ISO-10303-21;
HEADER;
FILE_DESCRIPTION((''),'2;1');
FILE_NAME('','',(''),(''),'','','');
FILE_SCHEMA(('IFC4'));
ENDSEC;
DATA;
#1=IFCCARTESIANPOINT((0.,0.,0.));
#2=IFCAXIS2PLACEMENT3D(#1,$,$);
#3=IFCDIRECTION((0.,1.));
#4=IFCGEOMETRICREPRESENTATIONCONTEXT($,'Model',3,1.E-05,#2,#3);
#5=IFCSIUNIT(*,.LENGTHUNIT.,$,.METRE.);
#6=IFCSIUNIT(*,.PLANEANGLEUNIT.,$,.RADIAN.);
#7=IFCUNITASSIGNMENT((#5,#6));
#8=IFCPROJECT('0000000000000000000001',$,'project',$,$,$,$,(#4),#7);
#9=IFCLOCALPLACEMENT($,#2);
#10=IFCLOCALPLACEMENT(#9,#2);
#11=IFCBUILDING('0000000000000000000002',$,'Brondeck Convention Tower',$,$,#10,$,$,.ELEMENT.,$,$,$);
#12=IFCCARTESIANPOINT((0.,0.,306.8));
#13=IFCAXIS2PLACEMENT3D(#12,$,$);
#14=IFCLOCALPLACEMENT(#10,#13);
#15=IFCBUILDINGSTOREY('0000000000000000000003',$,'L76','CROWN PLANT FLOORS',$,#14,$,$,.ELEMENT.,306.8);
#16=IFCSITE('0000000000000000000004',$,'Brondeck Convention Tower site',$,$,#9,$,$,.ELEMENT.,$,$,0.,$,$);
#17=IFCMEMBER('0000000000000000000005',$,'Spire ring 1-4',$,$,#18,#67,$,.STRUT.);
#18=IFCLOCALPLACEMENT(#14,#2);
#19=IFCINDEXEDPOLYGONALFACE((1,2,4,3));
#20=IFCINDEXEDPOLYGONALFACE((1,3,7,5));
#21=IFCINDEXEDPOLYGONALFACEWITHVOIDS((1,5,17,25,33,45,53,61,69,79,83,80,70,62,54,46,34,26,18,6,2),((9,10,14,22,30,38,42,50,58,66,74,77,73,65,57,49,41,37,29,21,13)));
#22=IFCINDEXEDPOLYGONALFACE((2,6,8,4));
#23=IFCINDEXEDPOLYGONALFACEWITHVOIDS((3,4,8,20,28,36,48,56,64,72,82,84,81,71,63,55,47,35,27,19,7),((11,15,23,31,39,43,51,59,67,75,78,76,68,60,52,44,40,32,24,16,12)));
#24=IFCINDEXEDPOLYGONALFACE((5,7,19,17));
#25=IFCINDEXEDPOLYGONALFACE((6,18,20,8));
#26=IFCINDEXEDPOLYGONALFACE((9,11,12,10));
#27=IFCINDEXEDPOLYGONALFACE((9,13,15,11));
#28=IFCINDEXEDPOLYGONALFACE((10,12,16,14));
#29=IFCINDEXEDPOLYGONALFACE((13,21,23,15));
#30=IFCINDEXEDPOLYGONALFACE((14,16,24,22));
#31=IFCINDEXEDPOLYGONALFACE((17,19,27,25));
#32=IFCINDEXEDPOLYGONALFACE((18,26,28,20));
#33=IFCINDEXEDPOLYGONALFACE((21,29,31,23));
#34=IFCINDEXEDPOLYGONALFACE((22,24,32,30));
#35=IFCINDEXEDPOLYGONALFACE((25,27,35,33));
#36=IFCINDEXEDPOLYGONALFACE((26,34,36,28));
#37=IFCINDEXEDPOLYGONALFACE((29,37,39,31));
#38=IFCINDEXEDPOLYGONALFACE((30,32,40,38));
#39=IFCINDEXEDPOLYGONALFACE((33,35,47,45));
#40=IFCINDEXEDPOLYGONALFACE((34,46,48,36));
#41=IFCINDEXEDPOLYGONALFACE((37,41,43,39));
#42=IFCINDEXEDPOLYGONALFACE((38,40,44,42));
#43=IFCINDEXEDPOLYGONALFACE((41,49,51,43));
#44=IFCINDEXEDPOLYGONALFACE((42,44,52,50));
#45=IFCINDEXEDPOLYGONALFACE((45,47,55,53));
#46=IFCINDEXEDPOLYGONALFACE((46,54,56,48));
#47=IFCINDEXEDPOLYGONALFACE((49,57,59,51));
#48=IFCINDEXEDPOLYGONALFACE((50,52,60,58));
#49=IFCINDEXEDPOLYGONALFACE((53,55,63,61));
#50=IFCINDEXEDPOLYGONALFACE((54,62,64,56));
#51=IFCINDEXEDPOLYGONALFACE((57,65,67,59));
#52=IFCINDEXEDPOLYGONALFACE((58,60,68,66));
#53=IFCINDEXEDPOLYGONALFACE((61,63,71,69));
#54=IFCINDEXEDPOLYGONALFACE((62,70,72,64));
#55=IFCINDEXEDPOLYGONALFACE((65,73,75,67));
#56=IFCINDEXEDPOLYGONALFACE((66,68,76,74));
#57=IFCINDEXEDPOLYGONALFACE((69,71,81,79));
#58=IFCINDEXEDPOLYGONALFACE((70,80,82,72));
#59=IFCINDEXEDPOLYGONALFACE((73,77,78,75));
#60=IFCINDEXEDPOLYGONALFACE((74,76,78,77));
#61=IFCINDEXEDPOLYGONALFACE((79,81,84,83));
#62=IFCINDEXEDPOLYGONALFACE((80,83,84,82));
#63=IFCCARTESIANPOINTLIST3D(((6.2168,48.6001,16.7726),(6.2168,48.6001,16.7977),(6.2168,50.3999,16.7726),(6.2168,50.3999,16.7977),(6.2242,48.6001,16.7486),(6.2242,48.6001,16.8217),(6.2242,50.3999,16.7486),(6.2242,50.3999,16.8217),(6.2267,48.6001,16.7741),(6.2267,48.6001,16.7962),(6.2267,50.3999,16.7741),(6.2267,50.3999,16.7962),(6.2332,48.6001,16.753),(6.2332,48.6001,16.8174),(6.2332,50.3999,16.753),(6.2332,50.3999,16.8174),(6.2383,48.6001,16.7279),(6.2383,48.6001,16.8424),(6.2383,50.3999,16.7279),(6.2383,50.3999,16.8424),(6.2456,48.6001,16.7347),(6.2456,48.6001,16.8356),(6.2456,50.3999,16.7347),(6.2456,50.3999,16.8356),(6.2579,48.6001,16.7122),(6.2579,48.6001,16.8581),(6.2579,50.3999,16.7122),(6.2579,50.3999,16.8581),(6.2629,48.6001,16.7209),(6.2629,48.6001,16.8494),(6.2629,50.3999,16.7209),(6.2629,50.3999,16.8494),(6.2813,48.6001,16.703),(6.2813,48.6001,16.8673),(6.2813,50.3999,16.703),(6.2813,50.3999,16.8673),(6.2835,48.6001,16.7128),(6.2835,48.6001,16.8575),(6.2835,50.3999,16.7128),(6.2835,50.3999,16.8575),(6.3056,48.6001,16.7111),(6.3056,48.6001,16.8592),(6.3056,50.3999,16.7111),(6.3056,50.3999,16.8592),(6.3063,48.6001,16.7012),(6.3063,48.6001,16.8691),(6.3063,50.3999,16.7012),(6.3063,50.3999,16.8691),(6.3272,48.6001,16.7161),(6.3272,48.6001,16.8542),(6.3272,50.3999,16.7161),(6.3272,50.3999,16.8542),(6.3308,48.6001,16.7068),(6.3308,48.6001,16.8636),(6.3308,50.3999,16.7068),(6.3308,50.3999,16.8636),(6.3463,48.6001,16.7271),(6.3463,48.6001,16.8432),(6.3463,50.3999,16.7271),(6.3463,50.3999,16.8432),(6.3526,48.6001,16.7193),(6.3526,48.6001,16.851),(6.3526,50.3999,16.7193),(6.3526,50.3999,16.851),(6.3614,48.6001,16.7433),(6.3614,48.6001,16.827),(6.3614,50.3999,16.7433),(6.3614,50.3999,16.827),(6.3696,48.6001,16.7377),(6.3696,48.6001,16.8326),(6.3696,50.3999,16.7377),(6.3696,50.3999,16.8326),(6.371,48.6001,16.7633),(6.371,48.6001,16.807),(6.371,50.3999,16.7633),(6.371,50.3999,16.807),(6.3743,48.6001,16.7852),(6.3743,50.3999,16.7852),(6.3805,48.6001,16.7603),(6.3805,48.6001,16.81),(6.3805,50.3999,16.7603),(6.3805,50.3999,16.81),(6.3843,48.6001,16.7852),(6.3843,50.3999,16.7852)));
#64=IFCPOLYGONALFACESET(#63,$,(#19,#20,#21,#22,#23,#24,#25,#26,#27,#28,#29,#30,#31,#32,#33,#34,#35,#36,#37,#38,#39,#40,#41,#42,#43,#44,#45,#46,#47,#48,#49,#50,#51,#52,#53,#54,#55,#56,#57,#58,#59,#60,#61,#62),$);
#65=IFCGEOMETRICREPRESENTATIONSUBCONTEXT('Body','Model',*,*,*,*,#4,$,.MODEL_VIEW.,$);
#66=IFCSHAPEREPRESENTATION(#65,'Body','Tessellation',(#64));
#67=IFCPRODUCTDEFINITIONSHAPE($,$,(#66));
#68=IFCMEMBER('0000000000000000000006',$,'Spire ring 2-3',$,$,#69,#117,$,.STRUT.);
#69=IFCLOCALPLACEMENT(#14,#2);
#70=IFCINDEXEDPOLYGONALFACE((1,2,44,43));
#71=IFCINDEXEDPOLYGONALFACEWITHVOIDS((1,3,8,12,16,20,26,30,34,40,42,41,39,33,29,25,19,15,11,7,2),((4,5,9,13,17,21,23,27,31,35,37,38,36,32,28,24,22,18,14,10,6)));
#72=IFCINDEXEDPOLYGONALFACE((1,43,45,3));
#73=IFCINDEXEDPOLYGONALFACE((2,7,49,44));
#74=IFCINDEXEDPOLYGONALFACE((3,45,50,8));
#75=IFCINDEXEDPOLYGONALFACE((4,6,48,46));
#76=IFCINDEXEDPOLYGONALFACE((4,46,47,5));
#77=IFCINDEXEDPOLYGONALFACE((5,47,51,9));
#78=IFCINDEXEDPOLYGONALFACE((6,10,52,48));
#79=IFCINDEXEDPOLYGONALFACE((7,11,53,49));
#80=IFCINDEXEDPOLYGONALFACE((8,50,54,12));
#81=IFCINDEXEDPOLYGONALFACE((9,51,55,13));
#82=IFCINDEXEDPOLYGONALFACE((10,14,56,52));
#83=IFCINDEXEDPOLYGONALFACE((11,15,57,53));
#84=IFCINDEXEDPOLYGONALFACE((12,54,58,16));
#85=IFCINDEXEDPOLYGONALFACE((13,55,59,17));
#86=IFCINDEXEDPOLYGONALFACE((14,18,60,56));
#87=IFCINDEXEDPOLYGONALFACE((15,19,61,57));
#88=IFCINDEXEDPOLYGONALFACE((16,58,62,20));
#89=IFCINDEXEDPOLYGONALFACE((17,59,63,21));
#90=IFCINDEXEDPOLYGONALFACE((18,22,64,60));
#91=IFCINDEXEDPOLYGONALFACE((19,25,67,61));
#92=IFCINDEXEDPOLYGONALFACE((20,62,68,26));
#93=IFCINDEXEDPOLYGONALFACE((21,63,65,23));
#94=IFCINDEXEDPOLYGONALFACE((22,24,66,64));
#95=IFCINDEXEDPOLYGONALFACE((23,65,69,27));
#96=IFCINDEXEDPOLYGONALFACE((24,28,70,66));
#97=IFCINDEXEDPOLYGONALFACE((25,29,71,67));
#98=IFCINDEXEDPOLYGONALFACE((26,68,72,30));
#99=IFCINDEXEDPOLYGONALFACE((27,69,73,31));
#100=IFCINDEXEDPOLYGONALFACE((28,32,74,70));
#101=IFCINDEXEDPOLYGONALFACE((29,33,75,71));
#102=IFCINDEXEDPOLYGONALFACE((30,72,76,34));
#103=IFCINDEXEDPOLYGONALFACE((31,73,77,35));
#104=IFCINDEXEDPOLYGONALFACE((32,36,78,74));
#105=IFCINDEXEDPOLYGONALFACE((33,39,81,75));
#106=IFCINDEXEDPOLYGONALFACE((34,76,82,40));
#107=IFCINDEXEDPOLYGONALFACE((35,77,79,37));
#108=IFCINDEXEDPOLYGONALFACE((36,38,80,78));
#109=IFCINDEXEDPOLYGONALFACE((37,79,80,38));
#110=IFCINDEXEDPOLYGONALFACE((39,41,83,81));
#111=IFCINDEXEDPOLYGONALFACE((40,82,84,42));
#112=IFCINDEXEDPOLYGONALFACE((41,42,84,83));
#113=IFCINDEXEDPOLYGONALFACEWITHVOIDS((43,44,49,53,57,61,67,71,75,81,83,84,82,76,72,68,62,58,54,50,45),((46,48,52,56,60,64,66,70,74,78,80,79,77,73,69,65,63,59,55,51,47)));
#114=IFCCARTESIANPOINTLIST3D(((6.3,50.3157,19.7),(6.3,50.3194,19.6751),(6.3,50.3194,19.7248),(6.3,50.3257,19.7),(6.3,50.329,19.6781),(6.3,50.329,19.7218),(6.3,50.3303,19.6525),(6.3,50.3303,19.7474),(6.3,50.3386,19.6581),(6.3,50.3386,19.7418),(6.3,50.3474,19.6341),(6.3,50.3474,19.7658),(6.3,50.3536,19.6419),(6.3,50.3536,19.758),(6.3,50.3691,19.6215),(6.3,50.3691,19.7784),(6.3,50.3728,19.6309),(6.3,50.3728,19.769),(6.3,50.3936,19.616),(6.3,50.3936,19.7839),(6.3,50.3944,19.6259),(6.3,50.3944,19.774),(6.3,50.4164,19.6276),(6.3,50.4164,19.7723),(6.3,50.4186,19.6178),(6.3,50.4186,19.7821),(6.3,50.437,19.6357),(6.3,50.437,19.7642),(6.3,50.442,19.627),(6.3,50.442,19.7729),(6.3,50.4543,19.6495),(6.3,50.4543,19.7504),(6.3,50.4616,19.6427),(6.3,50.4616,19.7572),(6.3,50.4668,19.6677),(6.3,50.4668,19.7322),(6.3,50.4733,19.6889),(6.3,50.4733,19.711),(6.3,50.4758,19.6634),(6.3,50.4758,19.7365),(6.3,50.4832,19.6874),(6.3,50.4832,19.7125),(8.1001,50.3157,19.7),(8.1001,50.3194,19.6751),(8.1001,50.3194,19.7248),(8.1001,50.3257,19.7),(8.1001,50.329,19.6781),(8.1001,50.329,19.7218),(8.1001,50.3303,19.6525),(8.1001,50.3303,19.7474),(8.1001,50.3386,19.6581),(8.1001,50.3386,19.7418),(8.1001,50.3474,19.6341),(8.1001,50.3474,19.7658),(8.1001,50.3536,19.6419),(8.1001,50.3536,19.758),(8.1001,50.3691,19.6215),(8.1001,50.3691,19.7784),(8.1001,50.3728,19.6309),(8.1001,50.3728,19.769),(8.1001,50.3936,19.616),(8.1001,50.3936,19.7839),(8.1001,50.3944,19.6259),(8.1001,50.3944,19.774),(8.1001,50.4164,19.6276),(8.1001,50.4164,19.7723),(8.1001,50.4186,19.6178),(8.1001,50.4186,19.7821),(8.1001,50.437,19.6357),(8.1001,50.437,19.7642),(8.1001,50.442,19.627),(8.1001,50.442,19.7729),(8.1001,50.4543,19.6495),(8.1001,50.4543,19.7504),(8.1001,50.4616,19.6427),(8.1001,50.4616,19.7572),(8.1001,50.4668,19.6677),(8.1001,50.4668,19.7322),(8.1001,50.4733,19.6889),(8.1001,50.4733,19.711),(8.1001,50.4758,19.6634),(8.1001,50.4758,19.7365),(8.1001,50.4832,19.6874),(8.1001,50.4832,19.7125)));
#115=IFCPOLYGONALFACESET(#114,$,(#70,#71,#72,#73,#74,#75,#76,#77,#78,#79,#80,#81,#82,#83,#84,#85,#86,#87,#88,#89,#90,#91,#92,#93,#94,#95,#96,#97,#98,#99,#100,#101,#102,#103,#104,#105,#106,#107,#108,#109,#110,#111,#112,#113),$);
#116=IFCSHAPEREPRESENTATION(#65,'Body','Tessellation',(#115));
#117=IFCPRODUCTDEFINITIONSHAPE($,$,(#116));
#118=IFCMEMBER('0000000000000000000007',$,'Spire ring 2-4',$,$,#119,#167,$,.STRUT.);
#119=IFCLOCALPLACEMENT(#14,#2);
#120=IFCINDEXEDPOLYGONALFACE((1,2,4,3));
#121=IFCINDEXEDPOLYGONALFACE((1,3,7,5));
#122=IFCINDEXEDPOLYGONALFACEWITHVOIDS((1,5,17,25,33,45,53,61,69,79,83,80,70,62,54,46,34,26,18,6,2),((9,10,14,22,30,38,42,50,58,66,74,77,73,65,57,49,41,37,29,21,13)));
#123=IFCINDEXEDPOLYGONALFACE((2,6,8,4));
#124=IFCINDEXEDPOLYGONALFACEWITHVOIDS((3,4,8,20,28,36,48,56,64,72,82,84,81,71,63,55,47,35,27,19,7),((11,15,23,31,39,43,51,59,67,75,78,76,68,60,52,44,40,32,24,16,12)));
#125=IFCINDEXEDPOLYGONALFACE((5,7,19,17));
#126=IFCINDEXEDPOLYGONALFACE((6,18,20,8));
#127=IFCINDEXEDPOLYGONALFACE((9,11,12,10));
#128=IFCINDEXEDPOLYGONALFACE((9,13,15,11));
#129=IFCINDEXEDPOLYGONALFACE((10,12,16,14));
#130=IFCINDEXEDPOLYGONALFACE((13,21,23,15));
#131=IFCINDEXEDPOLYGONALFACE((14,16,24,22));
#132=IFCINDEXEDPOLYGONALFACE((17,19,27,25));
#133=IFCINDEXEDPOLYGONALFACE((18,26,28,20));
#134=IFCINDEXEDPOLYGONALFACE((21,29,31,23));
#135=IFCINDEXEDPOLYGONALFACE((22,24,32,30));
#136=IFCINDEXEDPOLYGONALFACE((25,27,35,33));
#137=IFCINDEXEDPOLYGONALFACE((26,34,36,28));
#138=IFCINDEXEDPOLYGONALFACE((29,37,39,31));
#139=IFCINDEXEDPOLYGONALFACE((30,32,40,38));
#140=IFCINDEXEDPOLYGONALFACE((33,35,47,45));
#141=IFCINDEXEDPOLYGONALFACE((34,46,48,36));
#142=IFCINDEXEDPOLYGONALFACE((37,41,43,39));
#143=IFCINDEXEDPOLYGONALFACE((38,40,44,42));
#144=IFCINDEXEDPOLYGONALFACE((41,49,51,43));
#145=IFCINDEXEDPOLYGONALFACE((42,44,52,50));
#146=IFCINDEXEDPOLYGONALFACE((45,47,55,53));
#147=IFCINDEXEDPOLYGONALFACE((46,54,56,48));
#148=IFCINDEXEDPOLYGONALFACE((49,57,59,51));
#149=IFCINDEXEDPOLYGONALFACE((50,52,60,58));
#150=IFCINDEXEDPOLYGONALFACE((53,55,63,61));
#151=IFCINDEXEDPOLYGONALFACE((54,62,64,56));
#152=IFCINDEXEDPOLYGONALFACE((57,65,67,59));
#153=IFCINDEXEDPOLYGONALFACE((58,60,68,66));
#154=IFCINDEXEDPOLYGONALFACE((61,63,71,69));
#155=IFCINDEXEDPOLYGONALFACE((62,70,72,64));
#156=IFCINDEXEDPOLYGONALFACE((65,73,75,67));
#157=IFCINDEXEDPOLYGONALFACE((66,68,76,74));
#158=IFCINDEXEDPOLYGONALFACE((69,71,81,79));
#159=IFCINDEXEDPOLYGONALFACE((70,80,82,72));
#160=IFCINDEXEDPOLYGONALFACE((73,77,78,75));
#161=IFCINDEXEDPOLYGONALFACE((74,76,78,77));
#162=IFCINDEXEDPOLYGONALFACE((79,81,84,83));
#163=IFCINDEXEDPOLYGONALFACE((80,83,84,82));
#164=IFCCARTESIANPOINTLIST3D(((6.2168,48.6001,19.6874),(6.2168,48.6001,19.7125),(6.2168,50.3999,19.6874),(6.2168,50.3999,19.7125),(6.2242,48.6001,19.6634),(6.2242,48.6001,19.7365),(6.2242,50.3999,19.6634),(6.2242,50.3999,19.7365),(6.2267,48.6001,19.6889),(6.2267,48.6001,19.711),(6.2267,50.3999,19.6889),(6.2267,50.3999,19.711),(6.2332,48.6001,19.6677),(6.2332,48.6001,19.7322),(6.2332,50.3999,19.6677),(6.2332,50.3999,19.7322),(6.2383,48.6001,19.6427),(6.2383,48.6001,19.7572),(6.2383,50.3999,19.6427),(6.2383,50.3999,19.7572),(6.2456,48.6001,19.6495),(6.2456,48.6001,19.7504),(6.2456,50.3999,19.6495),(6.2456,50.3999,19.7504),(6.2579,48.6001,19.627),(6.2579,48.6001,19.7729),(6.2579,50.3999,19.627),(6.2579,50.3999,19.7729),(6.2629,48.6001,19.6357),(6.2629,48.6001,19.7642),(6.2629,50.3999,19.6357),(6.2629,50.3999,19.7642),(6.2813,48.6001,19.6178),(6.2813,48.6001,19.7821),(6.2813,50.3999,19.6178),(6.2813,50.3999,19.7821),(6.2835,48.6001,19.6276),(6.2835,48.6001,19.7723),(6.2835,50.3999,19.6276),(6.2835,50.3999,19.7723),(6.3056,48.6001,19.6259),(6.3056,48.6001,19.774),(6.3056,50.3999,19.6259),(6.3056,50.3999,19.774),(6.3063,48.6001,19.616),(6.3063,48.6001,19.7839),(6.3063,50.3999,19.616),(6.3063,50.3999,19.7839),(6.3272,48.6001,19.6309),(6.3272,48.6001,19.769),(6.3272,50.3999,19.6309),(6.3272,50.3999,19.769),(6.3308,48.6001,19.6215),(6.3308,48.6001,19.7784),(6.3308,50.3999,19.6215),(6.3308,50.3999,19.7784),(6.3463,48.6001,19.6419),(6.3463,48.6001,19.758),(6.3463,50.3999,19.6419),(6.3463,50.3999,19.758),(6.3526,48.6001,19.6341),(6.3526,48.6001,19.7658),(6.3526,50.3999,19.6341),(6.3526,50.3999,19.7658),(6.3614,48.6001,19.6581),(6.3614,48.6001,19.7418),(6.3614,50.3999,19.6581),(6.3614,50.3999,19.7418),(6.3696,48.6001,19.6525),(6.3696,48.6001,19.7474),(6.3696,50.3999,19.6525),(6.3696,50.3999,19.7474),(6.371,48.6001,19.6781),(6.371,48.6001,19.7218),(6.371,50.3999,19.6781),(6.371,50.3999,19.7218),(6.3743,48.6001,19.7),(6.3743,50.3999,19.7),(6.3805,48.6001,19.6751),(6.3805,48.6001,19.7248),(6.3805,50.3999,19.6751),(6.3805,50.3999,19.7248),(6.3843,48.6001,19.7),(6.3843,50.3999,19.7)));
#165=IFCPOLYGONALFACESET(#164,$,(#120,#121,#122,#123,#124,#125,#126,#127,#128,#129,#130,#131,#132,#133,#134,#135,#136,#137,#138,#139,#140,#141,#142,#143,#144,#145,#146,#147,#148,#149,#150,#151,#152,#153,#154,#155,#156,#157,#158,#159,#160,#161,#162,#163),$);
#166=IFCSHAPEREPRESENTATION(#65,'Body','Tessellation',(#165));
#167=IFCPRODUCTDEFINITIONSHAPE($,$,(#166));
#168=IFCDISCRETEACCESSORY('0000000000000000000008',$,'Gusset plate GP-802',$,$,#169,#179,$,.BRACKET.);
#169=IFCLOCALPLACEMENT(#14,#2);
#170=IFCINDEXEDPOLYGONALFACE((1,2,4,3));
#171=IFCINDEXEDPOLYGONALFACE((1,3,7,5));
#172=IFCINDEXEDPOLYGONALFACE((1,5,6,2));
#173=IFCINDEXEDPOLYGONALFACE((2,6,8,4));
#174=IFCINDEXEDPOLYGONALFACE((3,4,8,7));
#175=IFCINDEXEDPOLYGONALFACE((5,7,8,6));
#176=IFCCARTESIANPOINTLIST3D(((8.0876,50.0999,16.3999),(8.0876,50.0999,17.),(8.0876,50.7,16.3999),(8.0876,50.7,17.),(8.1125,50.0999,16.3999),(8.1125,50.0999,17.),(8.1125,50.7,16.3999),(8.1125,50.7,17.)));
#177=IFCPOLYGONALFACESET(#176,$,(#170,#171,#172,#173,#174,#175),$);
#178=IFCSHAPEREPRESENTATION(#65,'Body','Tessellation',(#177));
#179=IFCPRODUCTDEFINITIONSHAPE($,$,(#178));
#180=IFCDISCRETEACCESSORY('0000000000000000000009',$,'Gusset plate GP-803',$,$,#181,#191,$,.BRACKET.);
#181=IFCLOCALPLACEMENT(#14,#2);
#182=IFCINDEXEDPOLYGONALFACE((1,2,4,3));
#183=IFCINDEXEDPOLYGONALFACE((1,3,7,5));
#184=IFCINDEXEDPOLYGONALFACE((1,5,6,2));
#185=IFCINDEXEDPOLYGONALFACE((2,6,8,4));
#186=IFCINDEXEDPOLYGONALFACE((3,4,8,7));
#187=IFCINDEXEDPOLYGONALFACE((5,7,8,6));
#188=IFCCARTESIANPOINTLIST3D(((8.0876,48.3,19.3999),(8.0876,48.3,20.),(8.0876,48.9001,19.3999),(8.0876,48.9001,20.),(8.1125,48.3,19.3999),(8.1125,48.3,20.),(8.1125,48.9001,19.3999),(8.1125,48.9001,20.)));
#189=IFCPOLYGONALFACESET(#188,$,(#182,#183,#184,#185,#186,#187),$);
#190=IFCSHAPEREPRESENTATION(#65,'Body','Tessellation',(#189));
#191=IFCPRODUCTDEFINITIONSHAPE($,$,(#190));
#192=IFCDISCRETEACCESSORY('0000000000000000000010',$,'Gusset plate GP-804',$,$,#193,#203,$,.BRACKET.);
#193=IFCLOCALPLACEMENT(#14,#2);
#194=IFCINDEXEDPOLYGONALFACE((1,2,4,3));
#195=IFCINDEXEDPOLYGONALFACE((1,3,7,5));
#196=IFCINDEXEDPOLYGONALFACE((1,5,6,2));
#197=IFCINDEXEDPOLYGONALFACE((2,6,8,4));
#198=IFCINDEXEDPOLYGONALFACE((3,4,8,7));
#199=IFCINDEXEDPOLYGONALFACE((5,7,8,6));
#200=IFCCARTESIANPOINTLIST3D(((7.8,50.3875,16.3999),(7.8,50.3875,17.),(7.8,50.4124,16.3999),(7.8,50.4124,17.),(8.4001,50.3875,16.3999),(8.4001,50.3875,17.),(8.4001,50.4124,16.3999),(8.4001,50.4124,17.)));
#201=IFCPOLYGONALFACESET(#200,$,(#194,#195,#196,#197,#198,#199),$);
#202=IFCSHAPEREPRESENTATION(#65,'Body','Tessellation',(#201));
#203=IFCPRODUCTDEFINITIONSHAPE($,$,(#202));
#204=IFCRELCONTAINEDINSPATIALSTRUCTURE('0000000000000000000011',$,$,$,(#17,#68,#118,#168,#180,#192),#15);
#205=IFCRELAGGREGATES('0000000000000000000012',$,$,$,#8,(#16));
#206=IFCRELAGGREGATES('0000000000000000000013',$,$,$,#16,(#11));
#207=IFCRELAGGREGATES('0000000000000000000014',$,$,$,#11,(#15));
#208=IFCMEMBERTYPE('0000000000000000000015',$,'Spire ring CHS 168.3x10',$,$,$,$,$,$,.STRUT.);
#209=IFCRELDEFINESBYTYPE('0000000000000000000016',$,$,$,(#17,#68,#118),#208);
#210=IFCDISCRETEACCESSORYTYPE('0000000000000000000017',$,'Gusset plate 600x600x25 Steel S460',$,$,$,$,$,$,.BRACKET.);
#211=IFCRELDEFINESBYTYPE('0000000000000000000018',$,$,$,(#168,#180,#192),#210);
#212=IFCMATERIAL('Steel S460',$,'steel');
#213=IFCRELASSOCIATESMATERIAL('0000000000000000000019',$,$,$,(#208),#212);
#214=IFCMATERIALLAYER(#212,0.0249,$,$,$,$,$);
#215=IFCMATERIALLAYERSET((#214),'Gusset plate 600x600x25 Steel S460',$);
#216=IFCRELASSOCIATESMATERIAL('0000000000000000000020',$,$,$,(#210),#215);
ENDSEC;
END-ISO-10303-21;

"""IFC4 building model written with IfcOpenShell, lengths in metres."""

from ifc_helpers import new_model, si_unit, direction, frame, origin, origin_2d, place, context, subcontext, project, spatial, rectangle, hollow_circle, extrude, material, layer, layer_set, material_profile, profile_set, type_object, element, save


model = new_model("IFC4")

# Units and contexts
model_context = context("Model", 3, precision=1e-05, world=origin(), true_north=direction((0.0, 1.0)))
body_context = subcontext(model_context, "Body", "Model", "MODEL_VIEW")
ifc_project = project(units=[si_unit("LENGTHUNIT", "METRE"), si_unit("PLANEANGLEUNIT", "RADIAN")], contexts=[model_context])

# Site, building, storey
site_placement = place(None, origin())
site = spatial("IfcSite", under=ifc_project, at=site_placement, Name="Brondeck Convention Tower site", CompositionType="ELEMENT", RefElevation=0.0)
building_placement = place(site_placement, origin())
building = spatial("IfcBuilding", under=site, at=building_placement, Name="Brondeck Convention Tower", CompositionType="ELEMENT")
storey_placement = place(building_placement, frame((0.0, 0.0, 306.8)))
storey = spatial("IfcBuildingStorey", under=building, at=storey_placement, Name="L76", Description="CROWN PLANT FLOORS", CompositionType="ELEMENT", Elevation=306.8)

# Members
ifc_material_1 = material(Name="Steel S460", Category="steel")
ifc_material_profile_1 = material_profile(ifc_material_1, hollow_circle(Radius=0.0842, WallThickness=0.01, at=origin_2d()), Name="CHS 168.3x10")
ifc_profile_set_1 = profile_set([ifc_material_profile_1], Name="Steel S460")
member_type_1 = type_object("IfcMemberType", Name="Spire ring CHS 168.3x10", PredefinedType="STRUT", material=ifc_profile_set_1)
member_1_placement = place(storey_placement, frame((6.3, 50.3999, 16.7852), z_axis=(0.0, -1.0, 0.0), x_axis=(1.0, 0.0, 0.0)))
element("IfcMember", 1, at=member_1_placement, inside=storey, type_object=member_type_1, Name="Spire ring 1-4", PredefinedType="STRUT", context=body_context, shape_type="SweptSolid", body=[
    extrude(hollow_circle(Radius=0.0842, WallThickness=0.01, at=origin_2d()), origin(), (0.0, 0.0, 1.0), 1.7998),
])
member_2_placement = place(storey_placement, frame((8.1001, 50.3999, 19.7), z_axis=(-1.0, 0.0, 0.0), x_axis=(0.0, -1.0, 0.0)))
element("IfcMember", 2, at=member_2_placement, inside=storey, type_object=member_type_1, Name="Spire ring 2-3", PredefinedType="STRUT", context=body_context, shape_type="SweptSolid", body=[
    extrude(hollow_circle(Radius=0.0842, WallThickness=0.01, at=origin_2d()), origin(), (0.0, 0.0, 1.0), 1.8),
])
member_3_placement = place(storey_placement, frame((6.3, 50.3999, 19.7), z_axis=(0.0, -1.0, 0.0), x_axis=(1.0, 0.0, 0.0)))
element("IfcMember", 3, at=member_3_placement, inside=storey, type_object=member_type_1, Name="Spire ring 2-4", PredefinedType="STRUT", context=body_context, shape_type="SweptSolid", body=[
    extrude(hollow_circle(Radius=0.0842, WallThickness=0.01, at=origin_2d()), origin(), (0.0, 0.0, 1.0), 1.7998),
])

# Discrete accessories
ifc_layer = layer(ifc_material_1, 0.0249)
ifc_layer_set = layer_set([ifc_layer], Name="Gusset plate 600x600x25 Steel S460")
discrete_accessory_type = type_object("IfcDiscreteAccessoryType", Name="Gusset plate 600x600x25 Steel S460", PredefinedType="BRACKET", material=ifc_layer_set)
for number, where, z_axis, x_axis, name in (
    (4, (8.1001, 50.3999, 16.3999), (0.0, 0.0, 1.0), (0.0, 1.0, 0.0), "Gusset plate GP-802"),
    (5, (8.1001, 48.6001, 19.3999), (0.0, 0.0, 1.0), (0.0, 1.0, 0.0), "Gusset plate GP-803"),
    (6, (8.1001, 50.3999, 16.3999), (0.0, 0.0, 1.0), (1.0, 0.0, 0.0), "Gusset plate GP-804"),
):
    element("IfcDiscreteAccessory", number, at=place(storey_placement, frame(where, z_axis=z_axis, x_axis=x_axis)), inside=storey, type_object=discrete_accessory_type, Name=name, PredefinedType="BRACKET", context=body_context, shape_type="SweptSolid", body=[
        extrude(rectangle(XDim=0.6001, YDim=0.0249, at=origin_2d()), origin(), (0.0, 0.0, 1.0), 0.6001),
    ])

save(model, "model.ifc")
